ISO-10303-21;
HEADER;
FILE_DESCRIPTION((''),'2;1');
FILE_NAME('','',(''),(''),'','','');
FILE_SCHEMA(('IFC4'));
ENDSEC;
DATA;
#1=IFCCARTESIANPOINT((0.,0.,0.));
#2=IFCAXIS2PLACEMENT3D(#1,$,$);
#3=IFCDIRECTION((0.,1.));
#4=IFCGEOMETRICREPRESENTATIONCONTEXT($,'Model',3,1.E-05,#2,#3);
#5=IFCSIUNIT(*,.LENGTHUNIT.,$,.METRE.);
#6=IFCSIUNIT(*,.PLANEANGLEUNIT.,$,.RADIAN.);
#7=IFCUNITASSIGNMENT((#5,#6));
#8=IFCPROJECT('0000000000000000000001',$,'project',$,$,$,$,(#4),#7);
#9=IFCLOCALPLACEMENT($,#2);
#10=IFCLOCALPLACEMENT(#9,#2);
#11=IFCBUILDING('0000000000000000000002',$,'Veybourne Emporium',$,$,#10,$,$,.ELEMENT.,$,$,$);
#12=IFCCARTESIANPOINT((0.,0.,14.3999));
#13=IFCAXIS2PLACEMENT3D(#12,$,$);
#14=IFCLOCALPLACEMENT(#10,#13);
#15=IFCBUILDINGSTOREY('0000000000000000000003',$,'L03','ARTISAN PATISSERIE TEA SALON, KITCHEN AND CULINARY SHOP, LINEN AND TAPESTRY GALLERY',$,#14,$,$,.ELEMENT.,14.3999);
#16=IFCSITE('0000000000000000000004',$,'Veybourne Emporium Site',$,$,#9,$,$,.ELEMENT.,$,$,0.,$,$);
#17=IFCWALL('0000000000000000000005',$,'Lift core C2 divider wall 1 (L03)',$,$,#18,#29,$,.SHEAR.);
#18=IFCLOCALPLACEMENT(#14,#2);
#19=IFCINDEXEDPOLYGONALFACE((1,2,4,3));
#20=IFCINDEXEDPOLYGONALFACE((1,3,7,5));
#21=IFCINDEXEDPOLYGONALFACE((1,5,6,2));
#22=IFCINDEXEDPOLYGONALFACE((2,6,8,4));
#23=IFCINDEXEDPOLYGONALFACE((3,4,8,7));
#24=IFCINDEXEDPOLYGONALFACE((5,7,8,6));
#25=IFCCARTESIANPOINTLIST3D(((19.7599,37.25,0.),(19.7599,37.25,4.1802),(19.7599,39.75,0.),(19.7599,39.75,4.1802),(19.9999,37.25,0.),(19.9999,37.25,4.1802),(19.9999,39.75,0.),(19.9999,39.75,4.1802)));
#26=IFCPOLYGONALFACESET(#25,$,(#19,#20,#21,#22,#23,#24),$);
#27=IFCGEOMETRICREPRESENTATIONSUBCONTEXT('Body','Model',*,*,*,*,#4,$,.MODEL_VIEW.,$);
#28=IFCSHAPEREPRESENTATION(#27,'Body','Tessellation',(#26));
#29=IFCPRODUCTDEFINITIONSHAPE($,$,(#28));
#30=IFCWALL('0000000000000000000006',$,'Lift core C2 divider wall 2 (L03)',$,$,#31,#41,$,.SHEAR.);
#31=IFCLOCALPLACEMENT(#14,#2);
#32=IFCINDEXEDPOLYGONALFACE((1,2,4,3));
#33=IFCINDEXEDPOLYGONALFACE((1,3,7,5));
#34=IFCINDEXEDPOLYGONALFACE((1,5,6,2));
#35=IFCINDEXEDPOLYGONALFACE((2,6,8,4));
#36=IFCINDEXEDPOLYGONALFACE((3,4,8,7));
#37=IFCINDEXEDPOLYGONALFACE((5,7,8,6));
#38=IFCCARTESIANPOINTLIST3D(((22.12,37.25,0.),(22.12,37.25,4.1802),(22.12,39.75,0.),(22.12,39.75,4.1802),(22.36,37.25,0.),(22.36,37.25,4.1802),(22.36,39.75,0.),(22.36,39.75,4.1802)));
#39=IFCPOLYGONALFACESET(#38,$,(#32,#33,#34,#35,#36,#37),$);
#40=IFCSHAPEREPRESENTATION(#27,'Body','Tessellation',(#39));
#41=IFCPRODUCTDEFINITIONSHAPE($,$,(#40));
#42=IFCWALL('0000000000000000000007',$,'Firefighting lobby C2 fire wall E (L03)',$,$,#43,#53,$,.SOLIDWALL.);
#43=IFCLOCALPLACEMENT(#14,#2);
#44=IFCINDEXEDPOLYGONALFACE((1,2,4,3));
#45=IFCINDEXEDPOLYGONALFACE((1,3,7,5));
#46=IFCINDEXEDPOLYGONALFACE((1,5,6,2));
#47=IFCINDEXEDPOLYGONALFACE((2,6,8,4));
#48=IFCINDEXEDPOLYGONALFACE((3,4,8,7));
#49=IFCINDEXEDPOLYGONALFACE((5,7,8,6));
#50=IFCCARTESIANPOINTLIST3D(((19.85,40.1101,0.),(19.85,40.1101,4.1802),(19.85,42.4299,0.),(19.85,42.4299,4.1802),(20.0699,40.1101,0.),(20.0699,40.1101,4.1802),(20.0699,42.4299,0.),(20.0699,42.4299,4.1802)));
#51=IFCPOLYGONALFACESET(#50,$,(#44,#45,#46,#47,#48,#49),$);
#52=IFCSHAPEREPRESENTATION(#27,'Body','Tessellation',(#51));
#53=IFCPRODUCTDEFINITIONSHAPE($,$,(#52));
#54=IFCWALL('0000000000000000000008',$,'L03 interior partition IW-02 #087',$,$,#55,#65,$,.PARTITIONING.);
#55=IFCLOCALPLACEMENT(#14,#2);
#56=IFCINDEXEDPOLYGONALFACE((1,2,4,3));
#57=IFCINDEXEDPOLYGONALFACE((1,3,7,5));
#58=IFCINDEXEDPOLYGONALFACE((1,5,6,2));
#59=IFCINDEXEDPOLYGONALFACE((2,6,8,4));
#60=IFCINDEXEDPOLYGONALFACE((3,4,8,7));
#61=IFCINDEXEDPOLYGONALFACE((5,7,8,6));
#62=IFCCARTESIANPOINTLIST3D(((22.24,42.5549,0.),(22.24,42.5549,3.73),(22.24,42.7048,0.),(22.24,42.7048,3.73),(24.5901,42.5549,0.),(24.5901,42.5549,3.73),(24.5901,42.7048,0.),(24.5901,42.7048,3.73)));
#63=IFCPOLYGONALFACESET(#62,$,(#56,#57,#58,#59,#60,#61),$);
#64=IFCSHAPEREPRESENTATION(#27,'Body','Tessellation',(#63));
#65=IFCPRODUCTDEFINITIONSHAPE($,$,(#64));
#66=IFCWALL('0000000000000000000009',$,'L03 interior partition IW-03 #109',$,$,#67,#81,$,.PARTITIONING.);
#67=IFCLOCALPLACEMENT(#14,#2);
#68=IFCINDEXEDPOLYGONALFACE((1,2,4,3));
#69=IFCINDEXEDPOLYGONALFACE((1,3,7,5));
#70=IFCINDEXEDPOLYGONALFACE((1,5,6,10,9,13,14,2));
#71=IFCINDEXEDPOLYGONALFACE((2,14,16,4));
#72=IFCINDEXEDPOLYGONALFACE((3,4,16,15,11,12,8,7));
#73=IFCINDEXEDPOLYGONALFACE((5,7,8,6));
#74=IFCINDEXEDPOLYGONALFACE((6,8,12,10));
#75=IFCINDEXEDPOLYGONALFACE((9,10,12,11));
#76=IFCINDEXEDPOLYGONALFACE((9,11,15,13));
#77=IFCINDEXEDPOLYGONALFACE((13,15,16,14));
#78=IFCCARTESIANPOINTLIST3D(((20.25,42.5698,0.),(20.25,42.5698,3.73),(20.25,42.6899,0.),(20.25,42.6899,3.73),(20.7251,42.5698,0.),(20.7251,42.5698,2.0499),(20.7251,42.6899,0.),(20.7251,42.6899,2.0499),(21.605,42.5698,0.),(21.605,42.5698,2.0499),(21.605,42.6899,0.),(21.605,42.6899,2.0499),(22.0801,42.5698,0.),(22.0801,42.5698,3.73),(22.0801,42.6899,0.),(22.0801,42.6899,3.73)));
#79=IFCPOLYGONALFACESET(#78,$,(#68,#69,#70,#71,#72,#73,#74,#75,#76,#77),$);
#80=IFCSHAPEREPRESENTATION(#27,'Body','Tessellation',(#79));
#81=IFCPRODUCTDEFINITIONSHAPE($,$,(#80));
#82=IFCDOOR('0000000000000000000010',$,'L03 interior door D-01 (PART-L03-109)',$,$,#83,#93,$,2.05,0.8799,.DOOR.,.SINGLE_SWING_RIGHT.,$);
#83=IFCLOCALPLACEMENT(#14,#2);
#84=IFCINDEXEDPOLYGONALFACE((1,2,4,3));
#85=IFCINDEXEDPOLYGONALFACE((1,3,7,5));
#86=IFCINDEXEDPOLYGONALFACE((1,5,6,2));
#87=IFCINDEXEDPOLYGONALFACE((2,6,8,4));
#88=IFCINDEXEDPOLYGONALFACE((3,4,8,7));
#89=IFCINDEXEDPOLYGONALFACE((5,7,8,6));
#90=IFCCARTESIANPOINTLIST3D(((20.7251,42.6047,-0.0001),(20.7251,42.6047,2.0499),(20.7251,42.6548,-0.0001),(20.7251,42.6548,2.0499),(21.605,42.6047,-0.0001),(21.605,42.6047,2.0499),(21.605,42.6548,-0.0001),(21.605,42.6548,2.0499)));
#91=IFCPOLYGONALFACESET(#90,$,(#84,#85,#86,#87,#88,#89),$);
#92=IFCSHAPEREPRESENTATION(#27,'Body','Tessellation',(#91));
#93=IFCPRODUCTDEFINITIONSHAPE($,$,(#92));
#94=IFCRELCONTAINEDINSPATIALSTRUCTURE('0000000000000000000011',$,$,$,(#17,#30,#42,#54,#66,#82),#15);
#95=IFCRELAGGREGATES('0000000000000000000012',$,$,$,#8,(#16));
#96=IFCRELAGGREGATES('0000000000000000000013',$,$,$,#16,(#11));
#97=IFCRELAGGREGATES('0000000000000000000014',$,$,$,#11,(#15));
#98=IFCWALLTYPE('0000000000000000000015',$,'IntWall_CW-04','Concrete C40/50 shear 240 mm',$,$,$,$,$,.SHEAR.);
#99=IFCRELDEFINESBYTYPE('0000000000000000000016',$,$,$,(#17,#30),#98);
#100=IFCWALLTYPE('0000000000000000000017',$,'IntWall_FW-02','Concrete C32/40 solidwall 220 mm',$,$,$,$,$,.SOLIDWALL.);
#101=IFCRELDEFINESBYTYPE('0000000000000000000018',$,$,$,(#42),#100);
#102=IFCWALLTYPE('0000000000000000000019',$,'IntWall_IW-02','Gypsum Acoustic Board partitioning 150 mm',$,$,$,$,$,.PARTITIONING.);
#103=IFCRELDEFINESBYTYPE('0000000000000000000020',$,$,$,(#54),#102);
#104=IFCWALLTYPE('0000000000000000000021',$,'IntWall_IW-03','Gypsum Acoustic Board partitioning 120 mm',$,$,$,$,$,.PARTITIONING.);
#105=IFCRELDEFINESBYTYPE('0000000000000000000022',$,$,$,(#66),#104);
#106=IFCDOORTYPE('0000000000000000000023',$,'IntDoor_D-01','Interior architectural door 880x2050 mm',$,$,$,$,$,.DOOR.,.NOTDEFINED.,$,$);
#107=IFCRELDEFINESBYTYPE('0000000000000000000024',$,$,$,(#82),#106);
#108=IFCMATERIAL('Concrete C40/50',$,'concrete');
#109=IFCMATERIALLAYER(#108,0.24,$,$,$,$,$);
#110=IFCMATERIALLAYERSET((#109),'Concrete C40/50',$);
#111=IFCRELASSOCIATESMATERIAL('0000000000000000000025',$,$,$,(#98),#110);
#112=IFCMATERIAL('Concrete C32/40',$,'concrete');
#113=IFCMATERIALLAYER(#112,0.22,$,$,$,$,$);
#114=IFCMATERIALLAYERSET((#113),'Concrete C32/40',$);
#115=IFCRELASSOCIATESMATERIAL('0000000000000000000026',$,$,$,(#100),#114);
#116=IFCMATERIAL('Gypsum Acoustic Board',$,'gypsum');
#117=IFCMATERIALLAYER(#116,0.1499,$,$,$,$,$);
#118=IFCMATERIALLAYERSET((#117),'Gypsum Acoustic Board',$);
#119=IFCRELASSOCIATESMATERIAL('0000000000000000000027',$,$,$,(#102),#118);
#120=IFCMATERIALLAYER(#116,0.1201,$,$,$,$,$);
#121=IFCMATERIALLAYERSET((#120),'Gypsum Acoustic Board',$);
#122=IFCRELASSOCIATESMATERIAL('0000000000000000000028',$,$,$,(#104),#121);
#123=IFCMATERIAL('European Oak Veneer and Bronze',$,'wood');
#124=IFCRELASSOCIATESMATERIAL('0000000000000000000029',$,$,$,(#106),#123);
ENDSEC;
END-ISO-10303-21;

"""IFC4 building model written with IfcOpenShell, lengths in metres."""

from ifc_helpers import new_model, si_unit, direction, frame, frame_2d, origin, place, context, subcontext, project, spatial, rectangle, extrude, material, layer, layer_set, type_object, element, fill, save


model = new_model("IFC4")

# Units and contexts
model_context = context("Model", 3, precision=1e-05, world=origin(), true_north=direction((0.0, 1.0)))
body_context = subcontext(model_context, "Body", "Model", "MODEL_VIEW")
ifc_project = project(units=[si_unit("LENGTHUNIT", "METRE"), si_unit("PLANEANGLEUNIT", "RADIAN")], contexts=[model_context])

# Site, building, storey
site_placement = place(None, origin())
site = spatial("IfcSite", under=ifc_project, at=site_placement, Name="Veybourne Emporium Site", CompositionType="ELEMENT", RefElevation=0.0)
building_placement = place(site_placement, origin())
building = spatial("IfcBuilding", under=site, at=building_placement, Name="Veybourne Emporium", CompositionType="ELEMENT")
storey_placement = place(building_placement, frame((0.0, 0.0, 14.3999)))
storey = spatial("IfcBuildingStorey", under=building, at=storey_placement, Name="L03", Description="ARTISAN PATISSERIE TEA SALON, KITCHEN AND CULINARY SHOP, LINEN AND TAPESTRY GALLERY", CompositionType="ELEMENT", Elevation=14.3999)

# Shared definitions
ifc_material_1 = material(Name="Concrete C40/50", Category="concrete")

# Shared definitions
ifc_material_2 = material(Name="Concrete C32/40", Category="concrete")

# Shared definitions
ifc_layer_1 = layer(ifc_material_1, 0.24)
ifc_layer_set_1 = layer_set([ifc_layer_1], Name="Concrete C40/50")
wall_type_1 = type_object("IfcWallType", Name="IntWall_CW-04", Description="Concrete C40/50 shear 240 mm", PredefinedType="SHEAR", material=ifc_layer_set_1)

# Walls
for number, where, z_axis, x_axis, name in (
    (1, (19.8799, 37.25, 0.0), (0.0, 0.0, 1.0), (0.0, 1.0, 0.0), "Lift core C2 divider wall 1 (L03)"),
    (2, (22.24, 37.25, 0.0), (0.0, 0.0, 1.0), (0.0, 1.0, 0.0), "Lift core C2 divider wall 2 (L03)"),
):
    element("IfcWall", number, at=place(storey_placement, frame(where, z_axis=z_axis, x_axis=x_axis)), inside=storey, type_object=wall_type_1, Name=name, PredefinedType="SHEAR", context=body_context, shape_type="SweptSolid", body=[
        extrude(rectangle(XDim=2.5, YDim=0.24, at=frame_2d((1.25, 0.0))), origin(), (0.0, 0.0, 1.0), 4.1802),
    ])

# Shared definitions
ifc_layer_2 = layer(ifc_material_2, 0.22)
ifc_layer_set_2 = layer_set([ifc_layer_2], Name="Concrete C32/40")
wall_type_2 = type_object("IfcWallType", Name="IntWall_FW-02", Description="Concrete C32/40 solidwall 220 mm", PredefinedType="SOLIDWALL", material=ifc_layer_set_2)

# Walls
wall_1_placement = place(storey_placement, frame((19.96, 40.1101, 0.0), z_axis=(0.0, 0.0, 1.0), x_axis=(0.0, 1.0, 0.0)))
element("IfcWall", 3, at=wall_1_placement, inside=storey, type_object=wall_type_2, Name="Firefighting lobby C2 fire wall E (L03)", PredefinedType="SOLIDWALL", context=body_context, shape_type="SweptSolid", body=[
    extrude(rectangle(XDim=2.3198, YDim=0.22, at=frame_2d((1.1599, 0.0))), origin(), (0.0, 0.0, 1.0), 4.1802),
])
ifc_material_3 = material(Name="Gypsum Acoustic Board", Category="gypsum")
ifc_layer_3 = layer(ifc_material_3, 0.1499)
ifc_layer_set_3 = layer_set([ifc_layer_3], Name="Gypsum Acoustic Board")
wall_type_3 = type_object("IfcWallType", Name="IntWall_IW-02", Description="Gypsum Acoustic Board partitioning 150 mm", PredefinedType="PARTITIONING", material=ifc_layer_set_3)
wall_2_placement = place(storey_placement, frame((22.24, 42.6299, 0.0), z_axis=(0.0, 0.0, 1.0), x_axis=(1.0, 0.0, 0.0)))
element("IfcWall", 4, at=wall_2_placement, inside=storey, type_object=wall_type_3, Name="L03 interior partition IW-02 #087", PredefinedType="PARTITIONING", context=body_context, shape_type="SweptSolid", body=[
    extrude(rectangle(XDim=2.3501, YDim=0.1499, at=frame_2d((1.175, 0.0))), origin(), (0.0, 0.0, 1.0), 3.73),
])

# Wall, opening, door
ifc_layer_4 = layer(ifc_material_3, 0.1201)
ifc_layer_set_4 = layer_set([ifc_layer_4], Name="Gypsum Acoustic Board")
wall_type_4 = type_object("IfcWallType", Name="IntWall_IW-03", Description="Gypsum Acoustic Board partitioning 120 mm", PredefinedType="PARTITIONING", material=ifc_layer_set_4)
ifc_material_4 = material(Name="European Oak Veneer and Bronze", Category="wood")
wall_3_placement = place(storey_placement, frame((20.25, 42.6299, 0.0), z_axis=(0.0, 0.0, 1.0), x_axis=(1.0, 0.0, 0.0)))
wall_3 = element("IfcWall", 5, at=wall_3_placement, inside=storey, type_object=wall_type_4, Name="L03 interior partition IW-03 #109", PredefinedType="PARTITIONING", context=body_context, shape_type="SweptSolid", body=[
    extrude(rectangle(XDim=1.8301, YDim=0.1201, at=frame_2d((0.915, 0.0))), origin(), (0.0, 0.0, 1.0), 3.73),
])
opening_1_placement = place(wall_3_placement, frame((0.4751, 0.0, 0.0)))
opening_1 = element("IfcOpeningElement", 6, at=opening_1_placement, cuts=wall_3, PredefinedType="OPENING", context=body_context, shape_type="SweptSolid", body=[
    extrude(rectangle(XDim=0.8799, YDim=2.05, at=frame_2d((0.4399, 1.0249))), frame((0.0, 0.0801, 0.0), z_axis=(0.0, -1.0, 0.0), x_axis=(1.0, 0.0, 0.0)), (0.0, 0.0, 1.0), 0.1602),
])
door_type_1 = type_object("IfcDoorType", Name="IntDoor_D-01", Description="Interior architectural door 880x2050 mm", OperationType="NOTDEFINED", PredefinedType="DOOR", material=ifc_material_4)
door_1_placement = place(opening_1_placement, origin())
door_1 = element("IfcDoor", 7, at=door_1_placement, inside=storey, type_object=door_type_1, Name="L03 interior door D-01 (PART-L03-109)", OperationType="SINGLE_SWING_RIGHT", OverallHeight=2.05, OverallWidth=0.8799, PredefinedType="DOOR", context=body_context, shape_type="SweptSolid", body=[
    extrude(rectangle(XDim=0.8799, YDim=2.05, at=frame_2d((0.4399, 1.0249))), frame((0.0, 0.0249, 0.0), z_axis=(0.0, -1.0, 0.0), x_axis=(1.0, 0.0, 0.0)), (0.0, 0.0, 1.0), 0.05),
])
fill(opening_1, door_1)

save(model, "model.ifc")
